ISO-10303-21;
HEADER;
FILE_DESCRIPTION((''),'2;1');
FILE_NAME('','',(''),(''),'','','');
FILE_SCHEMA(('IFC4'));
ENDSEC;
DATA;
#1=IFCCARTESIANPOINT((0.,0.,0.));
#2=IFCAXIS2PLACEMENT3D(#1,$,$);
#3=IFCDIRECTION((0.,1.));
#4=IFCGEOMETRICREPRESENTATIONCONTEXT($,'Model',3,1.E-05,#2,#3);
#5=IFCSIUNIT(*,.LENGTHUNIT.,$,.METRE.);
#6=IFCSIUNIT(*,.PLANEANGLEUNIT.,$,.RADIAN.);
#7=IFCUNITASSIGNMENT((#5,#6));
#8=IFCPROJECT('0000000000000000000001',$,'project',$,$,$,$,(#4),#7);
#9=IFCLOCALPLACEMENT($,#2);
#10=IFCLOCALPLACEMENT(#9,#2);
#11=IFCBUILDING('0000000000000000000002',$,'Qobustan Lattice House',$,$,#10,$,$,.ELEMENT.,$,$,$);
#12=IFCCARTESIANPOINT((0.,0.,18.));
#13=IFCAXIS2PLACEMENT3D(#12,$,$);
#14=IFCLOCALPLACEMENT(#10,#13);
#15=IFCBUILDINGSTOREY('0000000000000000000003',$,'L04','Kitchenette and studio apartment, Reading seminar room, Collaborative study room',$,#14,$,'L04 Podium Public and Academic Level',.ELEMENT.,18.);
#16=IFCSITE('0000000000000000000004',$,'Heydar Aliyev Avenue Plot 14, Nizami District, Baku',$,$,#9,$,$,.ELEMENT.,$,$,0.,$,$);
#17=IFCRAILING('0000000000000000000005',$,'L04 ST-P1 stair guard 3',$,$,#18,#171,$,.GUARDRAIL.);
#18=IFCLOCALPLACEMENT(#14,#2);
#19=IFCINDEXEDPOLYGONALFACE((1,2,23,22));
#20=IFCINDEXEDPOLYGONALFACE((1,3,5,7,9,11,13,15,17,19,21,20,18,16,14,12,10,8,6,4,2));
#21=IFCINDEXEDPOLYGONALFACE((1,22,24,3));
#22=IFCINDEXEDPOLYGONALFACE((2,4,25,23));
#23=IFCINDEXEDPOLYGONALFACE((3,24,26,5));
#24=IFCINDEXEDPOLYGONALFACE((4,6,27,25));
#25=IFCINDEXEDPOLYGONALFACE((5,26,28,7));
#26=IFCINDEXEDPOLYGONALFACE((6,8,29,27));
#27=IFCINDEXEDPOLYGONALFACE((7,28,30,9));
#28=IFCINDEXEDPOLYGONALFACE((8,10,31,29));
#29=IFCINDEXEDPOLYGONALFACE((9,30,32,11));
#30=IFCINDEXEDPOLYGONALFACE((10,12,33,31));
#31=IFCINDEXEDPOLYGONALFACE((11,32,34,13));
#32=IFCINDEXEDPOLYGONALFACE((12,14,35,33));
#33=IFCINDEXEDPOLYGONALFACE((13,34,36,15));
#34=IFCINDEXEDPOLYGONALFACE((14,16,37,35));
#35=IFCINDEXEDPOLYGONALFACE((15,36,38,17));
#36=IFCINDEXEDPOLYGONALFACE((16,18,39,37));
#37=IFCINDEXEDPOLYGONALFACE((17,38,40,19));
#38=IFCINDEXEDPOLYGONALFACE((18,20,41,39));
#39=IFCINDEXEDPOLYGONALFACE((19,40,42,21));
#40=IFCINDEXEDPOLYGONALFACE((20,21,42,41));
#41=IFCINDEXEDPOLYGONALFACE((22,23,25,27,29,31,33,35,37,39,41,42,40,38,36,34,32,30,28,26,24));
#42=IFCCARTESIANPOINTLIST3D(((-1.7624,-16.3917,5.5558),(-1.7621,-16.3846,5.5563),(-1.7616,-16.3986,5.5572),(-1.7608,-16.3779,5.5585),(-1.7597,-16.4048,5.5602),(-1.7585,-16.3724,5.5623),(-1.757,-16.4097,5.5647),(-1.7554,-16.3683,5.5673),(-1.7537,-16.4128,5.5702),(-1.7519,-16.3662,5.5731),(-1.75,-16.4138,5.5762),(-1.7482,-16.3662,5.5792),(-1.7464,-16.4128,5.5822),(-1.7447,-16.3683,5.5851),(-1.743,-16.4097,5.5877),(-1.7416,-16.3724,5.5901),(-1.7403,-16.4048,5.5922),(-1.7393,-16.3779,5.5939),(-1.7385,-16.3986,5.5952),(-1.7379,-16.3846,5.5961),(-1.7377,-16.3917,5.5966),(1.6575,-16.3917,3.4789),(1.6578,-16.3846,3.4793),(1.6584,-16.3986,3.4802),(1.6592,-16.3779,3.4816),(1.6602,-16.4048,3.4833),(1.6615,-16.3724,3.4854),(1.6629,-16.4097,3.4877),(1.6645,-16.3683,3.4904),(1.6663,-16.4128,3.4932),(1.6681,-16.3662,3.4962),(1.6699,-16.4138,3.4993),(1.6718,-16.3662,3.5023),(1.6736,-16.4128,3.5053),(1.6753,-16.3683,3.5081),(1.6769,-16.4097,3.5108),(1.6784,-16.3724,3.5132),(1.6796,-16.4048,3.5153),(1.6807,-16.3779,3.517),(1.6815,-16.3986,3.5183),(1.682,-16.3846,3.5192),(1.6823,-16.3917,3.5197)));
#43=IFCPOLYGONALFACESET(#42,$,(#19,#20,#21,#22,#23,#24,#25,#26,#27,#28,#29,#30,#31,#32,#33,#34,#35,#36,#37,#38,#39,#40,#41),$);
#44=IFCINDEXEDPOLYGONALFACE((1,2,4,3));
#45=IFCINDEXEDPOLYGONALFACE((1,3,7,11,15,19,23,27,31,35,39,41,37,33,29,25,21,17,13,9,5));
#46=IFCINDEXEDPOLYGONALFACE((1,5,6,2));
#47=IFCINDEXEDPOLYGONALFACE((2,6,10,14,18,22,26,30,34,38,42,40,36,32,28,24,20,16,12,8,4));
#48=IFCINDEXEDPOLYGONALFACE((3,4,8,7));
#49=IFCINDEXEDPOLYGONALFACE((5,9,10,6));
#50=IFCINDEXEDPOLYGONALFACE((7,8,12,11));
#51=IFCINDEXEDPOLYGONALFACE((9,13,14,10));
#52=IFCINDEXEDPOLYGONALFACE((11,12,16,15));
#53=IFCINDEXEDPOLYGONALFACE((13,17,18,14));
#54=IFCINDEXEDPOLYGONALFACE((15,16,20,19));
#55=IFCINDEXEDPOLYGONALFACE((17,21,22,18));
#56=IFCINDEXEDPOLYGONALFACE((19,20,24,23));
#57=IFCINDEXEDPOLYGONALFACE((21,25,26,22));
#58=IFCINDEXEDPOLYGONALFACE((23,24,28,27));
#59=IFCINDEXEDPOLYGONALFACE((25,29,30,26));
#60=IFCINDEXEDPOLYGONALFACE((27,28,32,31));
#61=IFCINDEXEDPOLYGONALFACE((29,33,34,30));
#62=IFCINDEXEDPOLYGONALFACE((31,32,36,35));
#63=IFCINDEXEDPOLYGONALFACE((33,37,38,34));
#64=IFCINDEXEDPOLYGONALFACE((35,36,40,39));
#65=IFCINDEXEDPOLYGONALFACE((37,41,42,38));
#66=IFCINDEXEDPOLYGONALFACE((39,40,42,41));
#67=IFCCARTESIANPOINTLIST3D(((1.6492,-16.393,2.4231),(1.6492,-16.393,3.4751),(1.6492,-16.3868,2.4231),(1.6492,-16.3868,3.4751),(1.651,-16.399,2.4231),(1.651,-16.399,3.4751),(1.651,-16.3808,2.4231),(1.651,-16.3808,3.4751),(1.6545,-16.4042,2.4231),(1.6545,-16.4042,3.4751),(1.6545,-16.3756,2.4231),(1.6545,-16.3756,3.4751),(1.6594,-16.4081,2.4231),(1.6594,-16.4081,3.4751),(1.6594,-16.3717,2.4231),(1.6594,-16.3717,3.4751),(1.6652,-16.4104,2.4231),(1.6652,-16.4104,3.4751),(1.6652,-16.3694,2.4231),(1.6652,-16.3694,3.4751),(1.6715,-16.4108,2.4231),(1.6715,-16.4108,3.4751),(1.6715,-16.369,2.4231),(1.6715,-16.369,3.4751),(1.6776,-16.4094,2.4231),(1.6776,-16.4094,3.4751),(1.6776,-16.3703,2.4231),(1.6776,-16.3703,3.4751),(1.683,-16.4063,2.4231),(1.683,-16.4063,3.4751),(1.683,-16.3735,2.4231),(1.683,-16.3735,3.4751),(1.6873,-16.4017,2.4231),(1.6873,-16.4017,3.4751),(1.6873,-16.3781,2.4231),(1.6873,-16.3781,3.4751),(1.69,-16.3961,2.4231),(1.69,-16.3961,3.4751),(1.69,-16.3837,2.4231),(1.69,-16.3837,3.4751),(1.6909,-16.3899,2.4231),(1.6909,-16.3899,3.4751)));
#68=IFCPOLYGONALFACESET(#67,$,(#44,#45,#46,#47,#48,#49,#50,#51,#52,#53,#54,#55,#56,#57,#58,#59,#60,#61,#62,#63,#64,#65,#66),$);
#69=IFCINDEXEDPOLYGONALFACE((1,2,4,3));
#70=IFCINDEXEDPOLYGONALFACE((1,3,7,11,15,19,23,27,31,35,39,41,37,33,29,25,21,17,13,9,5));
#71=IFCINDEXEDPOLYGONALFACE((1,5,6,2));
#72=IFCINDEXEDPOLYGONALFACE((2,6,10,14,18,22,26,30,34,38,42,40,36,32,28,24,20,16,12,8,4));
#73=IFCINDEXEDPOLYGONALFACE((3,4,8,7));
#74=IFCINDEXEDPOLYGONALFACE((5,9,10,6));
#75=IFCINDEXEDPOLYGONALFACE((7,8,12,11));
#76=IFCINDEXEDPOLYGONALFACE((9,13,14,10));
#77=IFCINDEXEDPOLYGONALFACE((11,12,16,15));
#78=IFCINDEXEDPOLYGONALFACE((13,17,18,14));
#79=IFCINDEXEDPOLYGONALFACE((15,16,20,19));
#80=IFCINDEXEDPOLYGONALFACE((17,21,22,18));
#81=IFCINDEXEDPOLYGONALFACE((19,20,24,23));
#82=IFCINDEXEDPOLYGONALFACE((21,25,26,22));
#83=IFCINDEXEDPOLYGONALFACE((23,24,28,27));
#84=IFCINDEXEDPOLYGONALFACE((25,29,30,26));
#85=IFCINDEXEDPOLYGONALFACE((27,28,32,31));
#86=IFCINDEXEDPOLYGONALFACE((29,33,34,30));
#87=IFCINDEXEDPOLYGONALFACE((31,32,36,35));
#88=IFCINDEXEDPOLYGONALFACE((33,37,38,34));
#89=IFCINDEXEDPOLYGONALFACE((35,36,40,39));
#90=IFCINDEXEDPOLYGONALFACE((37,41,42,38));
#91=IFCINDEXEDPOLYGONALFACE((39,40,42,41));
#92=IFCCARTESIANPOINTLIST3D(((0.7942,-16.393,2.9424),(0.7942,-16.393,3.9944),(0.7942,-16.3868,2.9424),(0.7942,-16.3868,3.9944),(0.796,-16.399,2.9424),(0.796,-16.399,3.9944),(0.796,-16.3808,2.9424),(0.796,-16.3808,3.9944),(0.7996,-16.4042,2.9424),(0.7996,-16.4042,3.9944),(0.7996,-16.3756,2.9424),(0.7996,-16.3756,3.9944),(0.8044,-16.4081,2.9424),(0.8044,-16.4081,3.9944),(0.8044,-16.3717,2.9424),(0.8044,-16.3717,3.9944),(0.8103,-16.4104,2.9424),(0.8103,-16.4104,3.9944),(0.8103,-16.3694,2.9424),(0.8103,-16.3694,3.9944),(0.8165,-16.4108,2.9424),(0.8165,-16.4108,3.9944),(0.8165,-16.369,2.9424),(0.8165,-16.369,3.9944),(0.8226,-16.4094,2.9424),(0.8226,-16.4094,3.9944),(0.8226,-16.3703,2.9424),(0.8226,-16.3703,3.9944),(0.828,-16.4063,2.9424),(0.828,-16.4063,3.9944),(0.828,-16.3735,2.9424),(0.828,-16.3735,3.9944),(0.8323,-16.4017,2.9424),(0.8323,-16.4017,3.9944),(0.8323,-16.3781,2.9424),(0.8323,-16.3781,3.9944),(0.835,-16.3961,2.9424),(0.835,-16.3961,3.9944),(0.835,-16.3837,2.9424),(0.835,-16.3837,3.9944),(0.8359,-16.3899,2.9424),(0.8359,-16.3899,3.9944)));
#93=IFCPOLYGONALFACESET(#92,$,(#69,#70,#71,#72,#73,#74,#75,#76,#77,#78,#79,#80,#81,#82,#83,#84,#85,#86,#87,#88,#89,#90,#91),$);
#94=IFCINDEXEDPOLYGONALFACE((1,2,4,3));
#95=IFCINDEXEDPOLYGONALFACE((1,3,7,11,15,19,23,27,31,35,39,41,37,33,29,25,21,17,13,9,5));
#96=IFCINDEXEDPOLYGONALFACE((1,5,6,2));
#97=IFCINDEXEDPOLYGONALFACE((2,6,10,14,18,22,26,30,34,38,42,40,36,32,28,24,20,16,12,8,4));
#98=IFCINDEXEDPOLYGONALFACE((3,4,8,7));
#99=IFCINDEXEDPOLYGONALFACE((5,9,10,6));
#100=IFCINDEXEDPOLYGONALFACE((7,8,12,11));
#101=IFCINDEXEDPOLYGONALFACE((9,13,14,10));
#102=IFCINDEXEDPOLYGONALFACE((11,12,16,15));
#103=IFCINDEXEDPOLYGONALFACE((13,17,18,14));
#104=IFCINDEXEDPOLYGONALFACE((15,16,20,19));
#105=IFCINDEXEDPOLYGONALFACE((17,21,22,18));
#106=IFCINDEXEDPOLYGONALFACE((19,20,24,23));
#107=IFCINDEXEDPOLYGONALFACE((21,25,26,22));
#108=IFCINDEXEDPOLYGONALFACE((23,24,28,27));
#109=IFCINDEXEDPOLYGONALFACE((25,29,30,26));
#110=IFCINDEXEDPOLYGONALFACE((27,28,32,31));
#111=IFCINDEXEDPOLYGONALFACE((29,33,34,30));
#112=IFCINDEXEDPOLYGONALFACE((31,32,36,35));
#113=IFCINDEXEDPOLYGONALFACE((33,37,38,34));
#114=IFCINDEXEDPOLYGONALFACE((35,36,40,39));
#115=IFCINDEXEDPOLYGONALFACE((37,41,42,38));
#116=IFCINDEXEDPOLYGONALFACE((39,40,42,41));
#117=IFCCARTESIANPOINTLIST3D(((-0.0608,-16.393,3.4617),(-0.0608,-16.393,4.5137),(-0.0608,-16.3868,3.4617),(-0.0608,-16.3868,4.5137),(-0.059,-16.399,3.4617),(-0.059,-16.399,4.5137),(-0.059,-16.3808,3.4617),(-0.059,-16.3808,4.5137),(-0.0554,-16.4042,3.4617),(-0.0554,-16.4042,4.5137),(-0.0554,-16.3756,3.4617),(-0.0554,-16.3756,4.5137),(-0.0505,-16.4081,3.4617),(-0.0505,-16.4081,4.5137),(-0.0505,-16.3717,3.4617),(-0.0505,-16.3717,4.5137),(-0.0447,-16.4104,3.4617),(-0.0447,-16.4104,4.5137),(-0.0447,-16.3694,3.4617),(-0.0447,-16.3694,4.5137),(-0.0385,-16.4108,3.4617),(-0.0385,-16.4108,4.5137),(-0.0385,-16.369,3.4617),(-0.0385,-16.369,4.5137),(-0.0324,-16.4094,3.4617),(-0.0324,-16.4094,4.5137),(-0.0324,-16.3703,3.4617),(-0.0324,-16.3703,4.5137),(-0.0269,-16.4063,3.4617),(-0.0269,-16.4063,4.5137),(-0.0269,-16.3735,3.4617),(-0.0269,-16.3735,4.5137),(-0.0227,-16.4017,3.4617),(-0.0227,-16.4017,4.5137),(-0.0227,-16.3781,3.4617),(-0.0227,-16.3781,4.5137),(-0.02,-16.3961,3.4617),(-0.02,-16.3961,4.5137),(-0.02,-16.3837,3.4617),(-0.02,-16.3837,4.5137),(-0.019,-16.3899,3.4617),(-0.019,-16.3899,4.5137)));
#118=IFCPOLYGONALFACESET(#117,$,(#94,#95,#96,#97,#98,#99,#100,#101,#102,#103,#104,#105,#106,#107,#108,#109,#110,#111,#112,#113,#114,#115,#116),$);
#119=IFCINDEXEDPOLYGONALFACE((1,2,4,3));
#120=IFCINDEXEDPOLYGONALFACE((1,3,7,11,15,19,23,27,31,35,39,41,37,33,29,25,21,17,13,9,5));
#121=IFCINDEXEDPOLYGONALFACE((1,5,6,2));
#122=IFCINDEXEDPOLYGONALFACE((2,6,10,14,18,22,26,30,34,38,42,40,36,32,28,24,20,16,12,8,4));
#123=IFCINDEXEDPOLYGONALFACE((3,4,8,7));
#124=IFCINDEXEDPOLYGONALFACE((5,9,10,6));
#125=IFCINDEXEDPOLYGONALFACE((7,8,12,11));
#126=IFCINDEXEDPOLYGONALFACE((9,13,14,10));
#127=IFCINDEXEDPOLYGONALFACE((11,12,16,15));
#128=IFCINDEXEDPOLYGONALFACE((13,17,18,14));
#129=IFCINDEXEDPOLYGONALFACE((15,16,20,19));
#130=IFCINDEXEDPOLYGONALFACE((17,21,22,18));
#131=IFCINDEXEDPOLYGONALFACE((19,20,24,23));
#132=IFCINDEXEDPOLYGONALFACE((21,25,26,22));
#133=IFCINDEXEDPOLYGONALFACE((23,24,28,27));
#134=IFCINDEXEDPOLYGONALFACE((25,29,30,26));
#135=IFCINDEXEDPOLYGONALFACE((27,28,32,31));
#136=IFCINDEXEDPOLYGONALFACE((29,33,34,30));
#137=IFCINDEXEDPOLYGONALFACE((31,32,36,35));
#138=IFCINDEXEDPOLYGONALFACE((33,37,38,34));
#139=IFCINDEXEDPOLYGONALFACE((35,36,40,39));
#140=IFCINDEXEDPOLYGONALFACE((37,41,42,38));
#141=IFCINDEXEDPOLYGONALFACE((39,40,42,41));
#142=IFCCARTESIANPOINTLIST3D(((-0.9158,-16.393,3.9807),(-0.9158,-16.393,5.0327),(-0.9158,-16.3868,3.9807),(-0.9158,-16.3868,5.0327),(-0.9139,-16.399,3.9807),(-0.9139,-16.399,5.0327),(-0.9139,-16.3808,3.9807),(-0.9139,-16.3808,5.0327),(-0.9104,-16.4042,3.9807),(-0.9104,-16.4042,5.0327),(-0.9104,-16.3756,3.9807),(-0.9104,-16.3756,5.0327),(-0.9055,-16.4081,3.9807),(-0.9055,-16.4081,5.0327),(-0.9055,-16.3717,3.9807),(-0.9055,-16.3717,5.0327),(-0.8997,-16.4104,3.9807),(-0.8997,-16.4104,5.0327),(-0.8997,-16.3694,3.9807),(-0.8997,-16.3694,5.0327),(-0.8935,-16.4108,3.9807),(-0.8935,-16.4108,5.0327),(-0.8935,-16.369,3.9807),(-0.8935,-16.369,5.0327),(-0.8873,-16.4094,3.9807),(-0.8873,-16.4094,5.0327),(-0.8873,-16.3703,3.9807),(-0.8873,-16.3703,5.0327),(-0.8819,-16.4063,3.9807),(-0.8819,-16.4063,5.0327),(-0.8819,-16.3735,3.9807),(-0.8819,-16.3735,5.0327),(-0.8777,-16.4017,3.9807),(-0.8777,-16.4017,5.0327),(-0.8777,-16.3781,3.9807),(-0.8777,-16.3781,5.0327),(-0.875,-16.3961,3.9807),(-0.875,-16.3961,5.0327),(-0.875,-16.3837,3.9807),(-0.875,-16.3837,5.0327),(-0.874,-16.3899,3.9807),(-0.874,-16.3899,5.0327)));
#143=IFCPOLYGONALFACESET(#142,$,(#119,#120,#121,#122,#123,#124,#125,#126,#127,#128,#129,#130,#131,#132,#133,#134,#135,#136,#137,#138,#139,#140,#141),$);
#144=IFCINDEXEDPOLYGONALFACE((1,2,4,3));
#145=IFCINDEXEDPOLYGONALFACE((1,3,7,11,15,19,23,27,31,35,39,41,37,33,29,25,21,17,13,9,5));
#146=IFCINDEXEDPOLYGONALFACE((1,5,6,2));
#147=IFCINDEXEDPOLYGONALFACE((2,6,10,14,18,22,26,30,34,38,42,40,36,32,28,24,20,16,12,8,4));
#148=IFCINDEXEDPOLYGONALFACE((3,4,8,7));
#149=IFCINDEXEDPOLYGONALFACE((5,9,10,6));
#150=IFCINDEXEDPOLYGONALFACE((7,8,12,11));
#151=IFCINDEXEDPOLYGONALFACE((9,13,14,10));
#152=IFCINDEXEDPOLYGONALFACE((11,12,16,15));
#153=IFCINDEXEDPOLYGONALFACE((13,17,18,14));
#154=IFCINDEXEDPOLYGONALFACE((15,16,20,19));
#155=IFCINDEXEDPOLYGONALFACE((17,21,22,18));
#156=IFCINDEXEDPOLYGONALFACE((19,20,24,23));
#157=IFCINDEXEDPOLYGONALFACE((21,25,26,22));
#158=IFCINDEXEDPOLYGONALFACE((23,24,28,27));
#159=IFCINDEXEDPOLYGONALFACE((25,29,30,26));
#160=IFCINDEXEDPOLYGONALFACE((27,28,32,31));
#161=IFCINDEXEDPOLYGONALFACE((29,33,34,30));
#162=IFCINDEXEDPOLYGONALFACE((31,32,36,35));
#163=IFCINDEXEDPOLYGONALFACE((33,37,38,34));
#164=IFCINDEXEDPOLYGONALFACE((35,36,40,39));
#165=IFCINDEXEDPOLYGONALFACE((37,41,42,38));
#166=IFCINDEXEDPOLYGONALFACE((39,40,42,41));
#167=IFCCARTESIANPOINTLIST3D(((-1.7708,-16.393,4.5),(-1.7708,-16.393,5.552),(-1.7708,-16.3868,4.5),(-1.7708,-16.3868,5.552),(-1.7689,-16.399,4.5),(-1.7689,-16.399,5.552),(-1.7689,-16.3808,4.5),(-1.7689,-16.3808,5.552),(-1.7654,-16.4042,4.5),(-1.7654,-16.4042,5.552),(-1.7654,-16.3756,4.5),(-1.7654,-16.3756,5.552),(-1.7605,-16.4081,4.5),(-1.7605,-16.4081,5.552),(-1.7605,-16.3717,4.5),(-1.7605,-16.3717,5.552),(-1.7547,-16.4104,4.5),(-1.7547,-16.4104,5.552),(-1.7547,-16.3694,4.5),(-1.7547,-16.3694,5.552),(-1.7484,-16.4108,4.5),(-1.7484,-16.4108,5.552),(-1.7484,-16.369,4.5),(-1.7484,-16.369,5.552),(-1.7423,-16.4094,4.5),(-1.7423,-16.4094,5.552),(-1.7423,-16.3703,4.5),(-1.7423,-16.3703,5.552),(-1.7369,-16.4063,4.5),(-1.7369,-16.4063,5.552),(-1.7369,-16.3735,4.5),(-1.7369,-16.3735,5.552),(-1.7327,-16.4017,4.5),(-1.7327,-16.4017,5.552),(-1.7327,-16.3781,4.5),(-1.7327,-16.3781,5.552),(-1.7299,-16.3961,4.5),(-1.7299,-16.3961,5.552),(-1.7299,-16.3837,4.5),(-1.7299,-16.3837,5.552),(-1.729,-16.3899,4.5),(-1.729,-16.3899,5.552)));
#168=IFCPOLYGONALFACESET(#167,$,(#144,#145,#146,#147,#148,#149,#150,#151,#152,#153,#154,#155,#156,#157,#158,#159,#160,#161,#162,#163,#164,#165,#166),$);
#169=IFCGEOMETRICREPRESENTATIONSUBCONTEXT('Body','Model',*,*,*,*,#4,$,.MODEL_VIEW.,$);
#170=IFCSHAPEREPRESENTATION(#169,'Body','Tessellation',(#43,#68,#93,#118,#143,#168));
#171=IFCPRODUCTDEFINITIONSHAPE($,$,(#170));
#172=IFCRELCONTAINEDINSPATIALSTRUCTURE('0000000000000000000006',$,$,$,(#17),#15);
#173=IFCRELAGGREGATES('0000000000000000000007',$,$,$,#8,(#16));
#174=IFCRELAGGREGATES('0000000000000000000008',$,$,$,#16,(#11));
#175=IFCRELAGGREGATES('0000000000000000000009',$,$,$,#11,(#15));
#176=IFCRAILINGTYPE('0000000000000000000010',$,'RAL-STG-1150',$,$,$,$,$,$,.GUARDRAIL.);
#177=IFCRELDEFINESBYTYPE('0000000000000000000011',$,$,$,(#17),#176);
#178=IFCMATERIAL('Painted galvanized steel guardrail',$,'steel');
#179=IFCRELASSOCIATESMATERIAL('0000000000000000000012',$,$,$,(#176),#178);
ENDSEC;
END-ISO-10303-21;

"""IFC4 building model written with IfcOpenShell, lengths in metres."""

from ifc_helpers import new_model, si_unit, direction, frame, origin, origin_2d, place, context, subcontext, project, spatial, circle, extrude, material, type_object, element, save


model = new_model("IFC4")

# Units and contexts
model_context = context("Model", 3, precision=1e-05, world=origin(), true_north=direction((0.0, 1.0)))
body_context = subcontext(model_context, "Body", "Model", "MODEL_VIEW")
ifc_project = project(units=[si_unit("LENGTHUNIT", "METRE"), si_unit("PLANEANGLEUNIT", "RADIAN")], contexts=[model_context])

# Site, building, storey
site_placement = place(None, origin())
site = spatial("IfcSite", under=ifc_project, at=site_placement, Name="Heydar Aliyev Avenue Plot 14, Nizami District, Baku", CompositionType="ELEMENT", RefElevation=0.0)
building_placement = place(site_placement, origin())
building = spatial("IfcBuilding", under=site, at=building_placement, Name="Qobustan Lattice House", CompositionType="ELEMENT")
storey_placement = place(building_placement, frame((0.0, 0.0, 18.0)))
storey = spatial("IfcBuildingStorey", under=building, at=storey_placement, Name="L04", Description="Kitchenette and studio apartment, Reading seminar room, Collaborative study room", LongName="L04 Podium Public and Academic Level", CompositionType="ELEMENT", Elevation=18.0)

# Railing
ifc_material_1 = material(Name="Painted galvanized steel guardrail", Category="steel")
railing_type_1 = type_object("IfcRailingType", Name="RAL-STG-1150", PredefinedType="GUARDRAIL", material=ifc_material_1)
railing_1_placement = place(storey_placement, frame((1.6699, -16.3899, 2.4231)))
element("IfcRailing", 1, at=railing_1_placement, inside=storey, type_object=railing_type_1, Name="L04 ST-P1 stair guard 3", PredefinedType="GUARDRAIL", context=body_context, shape_type="SweptSolid", body=[
    extrude(circle(Radius=0.0239, at=origin_2d()), frame((0.0, 0.0, 1.0762), z_axis=(-0.85473, 0.0, 0.519074), x_axis=(0.0, -1.0, 0.0)), (0.0, 0.0, 1.0), 4.0012),
    extrude(circle(Radius=0.021, at=origin_2d()), origin(), (0.0, 0.0, 1.0), 1.052),
    extrude(circle(Radius=0.021, at=origin_2d()), frame((-0.855, 0.0, 0.5193)), (0.0, 0.0, 1.0), 1.052),
    extrude(circle(Radius=0.021, at=origin_2d()), frame((-1.71, 0.0, 1.0386)), (0.0, 0.0, 1.0), 1.052),
    extrude(circle(Radius=0.021, at=origin_2d()), frame((-2.5649, 0.0, 1.5576)), (0.0, 0.0, 1.0), 1.052),
    extrude(circle(Radius=0.021, at=origin_2d()), frame((-3.4199, 0.0, 2.0769)), (0.0, 0.0, 1.0), 1.052),
])

save(model, "model.ifc")
